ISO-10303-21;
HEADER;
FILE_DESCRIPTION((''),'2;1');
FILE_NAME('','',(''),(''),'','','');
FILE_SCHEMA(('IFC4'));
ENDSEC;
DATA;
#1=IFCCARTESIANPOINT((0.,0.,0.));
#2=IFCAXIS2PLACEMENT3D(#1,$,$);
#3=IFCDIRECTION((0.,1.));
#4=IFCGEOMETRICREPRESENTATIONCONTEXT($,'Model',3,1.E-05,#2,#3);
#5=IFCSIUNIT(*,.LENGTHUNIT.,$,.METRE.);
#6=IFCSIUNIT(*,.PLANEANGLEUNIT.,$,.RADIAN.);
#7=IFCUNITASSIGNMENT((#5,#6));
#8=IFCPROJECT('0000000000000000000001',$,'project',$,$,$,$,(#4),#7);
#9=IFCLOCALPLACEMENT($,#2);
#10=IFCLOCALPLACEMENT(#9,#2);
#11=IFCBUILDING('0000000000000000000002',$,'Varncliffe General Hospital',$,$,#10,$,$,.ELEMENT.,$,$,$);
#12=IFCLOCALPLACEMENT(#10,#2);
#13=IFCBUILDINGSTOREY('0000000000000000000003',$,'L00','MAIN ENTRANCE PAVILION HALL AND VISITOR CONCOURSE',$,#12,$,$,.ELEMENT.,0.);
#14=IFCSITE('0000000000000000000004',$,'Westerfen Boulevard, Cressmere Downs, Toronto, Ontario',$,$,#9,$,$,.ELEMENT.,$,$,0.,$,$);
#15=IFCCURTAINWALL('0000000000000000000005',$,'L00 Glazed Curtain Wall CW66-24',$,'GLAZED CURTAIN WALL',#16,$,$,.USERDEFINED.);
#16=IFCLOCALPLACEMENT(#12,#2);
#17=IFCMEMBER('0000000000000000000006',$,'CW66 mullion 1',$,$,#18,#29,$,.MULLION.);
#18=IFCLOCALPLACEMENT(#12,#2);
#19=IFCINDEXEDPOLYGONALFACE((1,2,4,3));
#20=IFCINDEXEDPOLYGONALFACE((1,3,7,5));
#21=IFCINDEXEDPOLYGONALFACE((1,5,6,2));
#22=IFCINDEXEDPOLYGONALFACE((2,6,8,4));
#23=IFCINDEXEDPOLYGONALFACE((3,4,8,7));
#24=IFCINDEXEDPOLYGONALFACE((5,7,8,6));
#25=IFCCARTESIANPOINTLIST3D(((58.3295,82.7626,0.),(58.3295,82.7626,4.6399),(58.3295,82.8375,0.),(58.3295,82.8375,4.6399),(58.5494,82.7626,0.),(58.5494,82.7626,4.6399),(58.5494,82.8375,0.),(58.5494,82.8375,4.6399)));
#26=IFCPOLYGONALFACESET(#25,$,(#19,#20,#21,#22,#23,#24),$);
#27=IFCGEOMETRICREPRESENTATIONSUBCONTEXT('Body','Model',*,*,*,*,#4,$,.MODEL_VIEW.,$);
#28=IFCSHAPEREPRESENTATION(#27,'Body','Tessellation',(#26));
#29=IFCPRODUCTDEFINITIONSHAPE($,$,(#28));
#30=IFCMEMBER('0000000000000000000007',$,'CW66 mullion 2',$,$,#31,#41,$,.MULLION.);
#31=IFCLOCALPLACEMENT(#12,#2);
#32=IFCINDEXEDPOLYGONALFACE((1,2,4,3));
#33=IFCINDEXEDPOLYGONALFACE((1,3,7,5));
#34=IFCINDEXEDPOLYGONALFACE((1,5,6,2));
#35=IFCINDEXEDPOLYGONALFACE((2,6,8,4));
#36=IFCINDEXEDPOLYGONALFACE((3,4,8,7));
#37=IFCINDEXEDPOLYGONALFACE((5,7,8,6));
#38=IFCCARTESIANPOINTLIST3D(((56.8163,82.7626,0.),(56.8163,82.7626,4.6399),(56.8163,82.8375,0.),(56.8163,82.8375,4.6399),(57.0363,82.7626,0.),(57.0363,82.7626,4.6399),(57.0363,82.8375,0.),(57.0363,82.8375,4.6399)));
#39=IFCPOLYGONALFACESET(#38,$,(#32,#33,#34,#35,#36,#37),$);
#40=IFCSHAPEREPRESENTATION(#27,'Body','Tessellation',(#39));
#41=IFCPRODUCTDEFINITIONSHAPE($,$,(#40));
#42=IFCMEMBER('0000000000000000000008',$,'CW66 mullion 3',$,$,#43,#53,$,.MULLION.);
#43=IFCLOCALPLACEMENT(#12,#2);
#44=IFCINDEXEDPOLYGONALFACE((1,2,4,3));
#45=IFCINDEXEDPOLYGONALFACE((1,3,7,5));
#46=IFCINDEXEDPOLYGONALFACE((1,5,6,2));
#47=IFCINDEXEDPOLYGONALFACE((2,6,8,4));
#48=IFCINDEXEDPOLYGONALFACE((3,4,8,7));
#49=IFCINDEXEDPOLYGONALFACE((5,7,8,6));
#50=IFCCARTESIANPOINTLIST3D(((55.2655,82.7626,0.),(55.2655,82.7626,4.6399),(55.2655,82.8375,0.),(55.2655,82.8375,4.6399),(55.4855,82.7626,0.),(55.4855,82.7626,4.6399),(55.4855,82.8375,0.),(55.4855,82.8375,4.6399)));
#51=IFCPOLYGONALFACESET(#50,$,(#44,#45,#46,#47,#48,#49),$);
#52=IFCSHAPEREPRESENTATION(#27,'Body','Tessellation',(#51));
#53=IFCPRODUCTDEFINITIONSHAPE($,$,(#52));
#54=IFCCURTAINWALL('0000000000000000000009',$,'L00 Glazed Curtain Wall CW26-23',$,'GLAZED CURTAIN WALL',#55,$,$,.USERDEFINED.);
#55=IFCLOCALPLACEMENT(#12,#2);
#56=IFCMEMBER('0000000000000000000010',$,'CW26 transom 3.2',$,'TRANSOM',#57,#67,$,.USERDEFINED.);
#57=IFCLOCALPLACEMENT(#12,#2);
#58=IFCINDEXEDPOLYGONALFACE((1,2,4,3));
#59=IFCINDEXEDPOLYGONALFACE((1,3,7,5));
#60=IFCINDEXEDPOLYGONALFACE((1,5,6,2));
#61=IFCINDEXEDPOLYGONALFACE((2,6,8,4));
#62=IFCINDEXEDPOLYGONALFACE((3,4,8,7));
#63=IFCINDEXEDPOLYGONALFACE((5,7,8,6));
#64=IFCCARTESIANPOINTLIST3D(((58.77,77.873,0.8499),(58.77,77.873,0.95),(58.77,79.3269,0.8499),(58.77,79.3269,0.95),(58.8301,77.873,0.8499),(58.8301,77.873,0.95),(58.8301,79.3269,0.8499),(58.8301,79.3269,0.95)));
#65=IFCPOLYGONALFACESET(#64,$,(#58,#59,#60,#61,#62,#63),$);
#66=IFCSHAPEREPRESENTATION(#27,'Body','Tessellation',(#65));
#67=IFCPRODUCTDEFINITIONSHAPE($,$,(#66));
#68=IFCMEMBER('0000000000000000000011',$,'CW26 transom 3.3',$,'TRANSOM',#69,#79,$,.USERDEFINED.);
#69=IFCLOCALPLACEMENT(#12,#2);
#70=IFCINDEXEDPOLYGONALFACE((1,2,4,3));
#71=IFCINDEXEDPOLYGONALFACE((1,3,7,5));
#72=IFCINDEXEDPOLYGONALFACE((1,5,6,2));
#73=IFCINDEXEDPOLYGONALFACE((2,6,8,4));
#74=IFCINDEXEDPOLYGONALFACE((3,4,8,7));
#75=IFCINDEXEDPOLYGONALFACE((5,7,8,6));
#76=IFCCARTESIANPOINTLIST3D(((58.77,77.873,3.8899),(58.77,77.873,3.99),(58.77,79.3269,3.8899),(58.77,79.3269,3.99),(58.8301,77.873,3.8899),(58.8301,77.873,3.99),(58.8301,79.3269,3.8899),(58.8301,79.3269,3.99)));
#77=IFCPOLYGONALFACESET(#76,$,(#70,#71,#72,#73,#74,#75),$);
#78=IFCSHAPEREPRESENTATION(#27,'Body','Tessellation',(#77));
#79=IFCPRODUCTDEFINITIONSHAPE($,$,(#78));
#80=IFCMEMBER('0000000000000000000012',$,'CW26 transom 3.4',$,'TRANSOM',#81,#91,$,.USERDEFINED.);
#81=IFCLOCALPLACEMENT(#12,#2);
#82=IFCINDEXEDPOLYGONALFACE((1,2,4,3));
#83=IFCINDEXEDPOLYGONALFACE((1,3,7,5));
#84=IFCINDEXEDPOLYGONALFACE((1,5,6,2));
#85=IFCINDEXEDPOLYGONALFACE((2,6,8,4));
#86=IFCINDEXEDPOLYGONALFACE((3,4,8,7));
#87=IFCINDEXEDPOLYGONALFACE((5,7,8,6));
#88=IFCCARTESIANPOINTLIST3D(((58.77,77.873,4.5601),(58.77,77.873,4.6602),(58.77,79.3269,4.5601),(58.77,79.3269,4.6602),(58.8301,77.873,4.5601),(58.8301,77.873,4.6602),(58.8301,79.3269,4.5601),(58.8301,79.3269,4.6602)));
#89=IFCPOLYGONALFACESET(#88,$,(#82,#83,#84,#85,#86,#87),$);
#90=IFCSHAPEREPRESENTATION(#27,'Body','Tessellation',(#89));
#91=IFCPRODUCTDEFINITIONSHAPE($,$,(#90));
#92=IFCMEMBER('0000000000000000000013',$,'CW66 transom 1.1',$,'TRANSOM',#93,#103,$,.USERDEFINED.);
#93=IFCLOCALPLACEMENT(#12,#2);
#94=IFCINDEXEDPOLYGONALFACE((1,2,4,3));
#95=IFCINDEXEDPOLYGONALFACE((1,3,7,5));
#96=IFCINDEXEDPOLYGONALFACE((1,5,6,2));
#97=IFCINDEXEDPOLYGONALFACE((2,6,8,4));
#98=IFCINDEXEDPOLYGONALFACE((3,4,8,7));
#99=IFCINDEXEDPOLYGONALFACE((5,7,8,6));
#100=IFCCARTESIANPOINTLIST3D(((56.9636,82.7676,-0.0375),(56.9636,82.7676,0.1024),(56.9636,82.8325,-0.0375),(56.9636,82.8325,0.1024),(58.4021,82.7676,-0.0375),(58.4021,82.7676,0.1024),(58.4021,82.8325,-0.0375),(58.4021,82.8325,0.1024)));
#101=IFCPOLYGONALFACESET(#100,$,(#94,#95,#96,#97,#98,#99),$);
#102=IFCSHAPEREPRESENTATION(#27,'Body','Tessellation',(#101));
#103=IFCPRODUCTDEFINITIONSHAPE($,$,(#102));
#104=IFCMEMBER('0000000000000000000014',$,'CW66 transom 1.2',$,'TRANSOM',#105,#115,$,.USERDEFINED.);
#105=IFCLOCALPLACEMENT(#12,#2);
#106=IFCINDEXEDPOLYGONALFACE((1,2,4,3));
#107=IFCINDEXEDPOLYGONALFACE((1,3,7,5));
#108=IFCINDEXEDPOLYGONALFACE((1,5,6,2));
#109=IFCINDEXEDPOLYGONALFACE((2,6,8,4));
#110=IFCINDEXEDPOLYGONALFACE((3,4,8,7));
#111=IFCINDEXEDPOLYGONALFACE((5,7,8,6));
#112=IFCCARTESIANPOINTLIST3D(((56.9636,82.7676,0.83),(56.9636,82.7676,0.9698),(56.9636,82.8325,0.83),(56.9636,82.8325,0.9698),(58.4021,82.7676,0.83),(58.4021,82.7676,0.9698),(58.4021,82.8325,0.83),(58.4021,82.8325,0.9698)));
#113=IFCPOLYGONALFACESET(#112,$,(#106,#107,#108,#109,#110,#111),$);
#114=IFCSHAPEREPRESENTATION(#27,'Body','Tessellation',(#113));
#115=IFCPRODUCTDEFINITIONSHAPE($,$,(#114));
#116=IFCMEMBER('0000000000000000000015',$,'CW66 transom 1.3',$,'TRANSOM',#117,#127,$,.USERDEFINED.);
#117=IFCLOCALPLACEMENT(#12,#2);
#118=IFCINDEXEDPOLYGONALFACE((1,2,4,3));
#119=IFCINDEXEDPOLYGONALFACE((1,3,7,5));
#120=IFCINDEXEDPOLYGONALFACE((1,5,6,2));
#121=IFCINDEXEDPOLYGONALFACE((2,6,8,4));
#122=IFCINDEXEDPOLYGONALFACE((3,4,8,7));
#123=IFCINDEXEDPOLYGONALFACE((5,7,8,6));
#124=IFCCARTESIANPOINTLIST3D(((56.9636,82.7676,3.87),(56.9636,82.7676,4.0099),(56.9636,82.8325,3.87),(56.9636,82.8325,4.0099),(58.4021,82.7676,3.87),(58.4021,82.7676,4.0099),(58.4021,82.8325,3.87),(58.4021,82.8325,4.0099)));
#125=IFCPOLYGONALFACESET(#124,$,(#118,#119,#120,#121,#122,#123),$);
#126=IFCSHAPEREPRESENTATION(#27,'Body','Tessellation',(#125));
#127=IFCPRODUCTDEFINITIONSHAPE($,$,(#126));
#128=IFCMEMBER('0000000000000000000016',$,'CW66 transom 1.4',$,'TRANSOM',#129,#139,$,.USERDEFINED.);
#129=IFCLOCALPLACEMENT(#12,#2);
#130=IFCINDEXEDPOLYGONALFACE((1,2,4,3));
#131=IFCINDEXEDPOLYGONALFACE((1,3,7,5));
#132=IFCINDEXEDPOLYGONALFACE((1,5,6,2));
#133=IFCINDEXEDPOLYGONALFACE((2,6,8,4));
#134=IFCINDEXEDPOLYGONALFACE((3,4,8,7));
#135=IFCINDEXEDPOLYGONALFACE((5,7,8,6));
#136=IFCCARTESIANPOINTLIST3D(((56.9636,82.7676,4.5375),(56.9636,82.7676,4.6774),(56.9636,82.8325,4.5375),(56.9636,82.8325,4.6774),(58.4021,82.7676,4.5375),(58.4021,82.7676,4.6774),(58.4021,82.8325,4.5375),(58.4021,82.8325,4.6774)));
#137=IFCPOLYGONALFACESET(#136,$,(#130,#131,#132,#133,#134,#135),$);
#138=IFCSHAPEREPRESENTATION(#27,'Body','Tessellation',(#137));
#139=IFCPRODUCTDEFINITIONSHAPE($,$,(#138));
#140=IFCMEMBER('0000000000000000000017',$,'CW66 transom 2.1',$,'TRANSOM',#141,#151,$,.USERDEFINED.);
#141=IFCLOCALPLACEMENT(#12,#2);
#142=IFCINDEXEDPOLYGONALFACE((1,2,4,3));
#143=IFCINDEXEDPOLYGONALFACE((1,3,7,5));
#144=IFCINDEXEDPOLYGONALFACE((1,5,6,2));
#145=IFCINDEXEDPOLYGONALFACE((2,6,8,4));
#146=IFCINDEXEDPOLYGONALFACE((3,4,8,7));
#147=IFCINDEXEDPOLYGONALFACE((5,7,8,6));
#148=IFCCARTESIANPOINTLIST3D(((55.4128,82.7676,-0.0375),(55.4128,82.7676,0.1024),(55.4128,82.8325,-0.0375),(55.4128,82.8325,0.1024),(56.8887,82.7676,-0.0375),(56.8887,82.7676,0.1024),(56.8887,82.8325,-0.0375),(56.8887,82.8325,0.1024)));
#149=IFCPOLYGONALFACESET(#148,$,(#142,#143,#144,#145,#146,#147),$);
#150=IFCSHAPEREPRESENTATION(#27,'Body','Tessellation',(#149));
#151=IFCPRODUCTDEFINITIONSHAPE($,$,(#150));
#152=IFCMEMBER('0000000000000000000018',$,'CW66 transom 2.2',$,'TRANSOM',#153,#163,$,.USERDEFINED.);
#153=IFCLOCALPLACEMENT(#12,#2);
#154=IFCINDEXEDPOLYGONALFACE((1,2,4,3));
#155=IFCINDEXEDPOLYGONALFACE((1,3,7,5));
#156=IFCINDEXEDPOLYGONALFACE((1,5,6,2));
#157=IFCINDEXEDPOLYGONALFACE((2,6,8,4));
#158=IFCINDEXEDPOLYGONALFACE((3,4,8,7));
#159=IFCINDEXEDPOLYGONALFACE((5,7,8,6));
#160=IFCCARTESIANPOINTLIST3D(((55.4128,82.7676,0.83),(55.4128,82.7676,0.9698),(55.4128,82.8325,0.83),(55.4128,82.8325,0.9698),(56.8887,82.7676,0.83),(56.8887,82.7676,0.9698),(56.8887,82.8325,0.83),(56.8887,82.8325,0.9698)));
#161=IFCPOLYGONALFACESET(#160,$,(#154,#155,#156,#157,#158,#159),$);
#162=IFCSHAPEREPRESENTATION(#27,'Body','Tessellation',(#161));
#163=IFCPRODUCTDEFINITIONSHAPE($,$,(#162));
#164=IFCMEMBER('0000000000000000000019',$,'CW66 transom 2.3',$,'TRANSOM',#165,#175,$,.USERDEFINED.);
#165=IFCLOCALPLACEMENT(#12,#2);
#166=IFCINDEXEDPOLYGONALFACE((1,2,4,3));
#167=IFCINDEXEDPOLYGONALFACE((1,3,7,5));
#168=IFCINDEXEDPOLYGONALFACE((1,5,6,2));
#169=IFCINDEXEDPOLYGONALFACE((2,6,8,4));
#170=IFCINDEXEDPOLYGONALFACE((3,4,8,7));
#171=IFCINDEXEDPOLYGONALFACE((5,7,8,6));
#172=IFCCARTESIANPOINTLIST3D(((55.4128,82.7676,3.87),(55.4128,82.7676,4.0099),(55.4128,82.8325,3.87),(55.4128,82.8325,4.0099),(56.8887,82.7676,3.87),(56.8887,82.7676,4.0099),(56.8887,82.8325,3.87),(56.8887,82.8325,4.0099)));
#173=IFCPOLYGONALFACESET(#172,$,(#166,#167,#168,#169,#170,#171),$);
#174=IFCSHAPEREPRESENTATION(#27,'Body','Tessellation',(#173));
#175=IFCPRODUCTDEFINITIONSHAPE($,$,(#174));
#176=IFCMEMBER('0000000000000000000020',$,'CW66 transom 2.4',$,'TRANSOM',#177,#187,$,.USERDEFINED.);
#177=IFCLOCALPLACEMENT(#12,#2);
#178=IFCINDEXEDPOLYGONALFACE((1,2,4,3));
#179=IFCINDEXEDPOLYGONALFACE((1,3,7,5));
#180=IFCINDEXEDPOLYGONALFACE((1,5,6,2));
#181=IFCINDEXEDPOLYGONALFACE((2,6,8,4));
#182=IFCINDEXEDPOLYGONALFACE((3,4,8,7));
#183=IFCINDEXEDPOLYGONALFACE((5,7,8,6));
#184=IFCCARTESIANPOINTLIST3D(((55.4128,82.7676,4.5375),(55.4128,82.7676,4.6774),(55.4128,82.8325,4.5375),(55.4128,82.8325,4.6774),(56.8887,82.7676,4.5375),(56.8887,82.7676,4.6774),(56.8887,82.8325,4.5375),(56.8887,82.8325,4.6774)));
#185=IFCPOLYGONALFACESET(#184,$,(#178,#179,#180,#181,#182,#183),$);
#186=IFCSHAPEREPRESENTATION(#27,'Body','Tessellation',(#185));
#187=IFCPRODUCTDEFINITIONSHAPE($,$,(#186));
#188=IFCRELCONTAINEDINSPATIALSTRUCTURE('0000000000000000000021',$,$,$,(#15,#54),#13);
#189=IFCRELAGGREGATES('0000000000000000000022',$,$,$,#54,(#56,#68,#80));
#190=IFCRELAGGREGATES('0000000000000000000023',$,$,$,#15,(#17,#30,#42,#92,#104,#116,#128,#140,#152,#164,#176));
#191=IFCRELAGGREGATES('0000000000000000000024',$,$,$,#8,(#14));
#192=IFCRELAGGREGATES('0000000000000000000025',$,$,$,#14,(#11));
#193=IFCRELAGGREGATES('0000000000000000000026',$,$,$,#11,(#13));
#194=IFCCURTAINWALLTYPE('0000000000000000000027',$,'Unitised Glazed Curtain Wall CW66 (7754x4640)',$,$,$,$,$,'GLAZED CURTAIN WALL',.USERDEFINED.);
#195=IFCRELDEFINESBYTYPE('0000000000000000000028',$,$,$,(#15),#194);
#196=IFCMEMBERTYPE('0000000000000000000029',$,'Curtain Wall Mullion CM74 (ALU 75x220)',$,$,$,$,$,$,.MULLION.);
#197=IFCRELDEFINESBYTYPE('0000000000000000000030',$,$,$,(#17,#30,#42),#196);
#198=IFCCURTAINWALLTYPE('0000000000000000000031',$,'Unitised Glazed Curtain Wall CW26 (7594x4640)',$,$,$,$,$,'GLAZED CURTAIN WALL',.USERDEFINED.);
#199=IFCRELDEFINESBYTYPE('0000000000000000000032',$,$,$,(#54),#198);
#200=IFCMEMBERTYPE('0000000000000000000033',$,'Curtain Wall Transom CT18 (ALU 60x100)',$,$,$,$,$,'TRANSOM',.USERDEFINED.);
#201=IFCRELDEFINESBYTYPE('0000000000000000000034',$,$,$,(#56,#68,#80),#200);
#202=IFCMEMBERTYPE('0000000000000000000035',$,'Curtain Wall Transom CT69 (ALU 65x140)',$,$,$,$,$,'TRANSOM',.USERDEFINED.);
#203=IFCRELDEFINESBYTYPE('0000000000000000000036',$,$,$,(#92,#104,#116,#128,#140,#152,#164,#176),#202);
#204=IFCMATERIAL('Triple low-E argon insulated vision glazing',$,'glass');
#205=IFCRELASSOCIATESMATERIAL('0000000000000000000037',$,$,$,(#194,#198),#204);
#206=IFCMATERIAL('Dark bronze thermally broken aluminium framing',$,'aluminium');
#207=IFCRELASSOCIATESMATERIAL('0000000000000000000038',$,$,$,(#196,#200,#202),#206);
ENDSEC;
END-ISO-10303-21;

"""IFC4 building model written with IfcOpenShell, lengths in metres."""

from ifc_helpers import new_model, si_unit, direction, frame, origin, origin_2d, place, context, subcontext, project, spatial, rectangle, extrude, material, material_profile, profile_set, type_object, element, aggregate, save


model = new_model("IFC4")

# Units and contexts
model_context = context("Model", 3, precision=1e-05, world=origin(), true_north=direction((0.0, 1.0)))
body_context = subcontext(model_context, "Body", "Model", "MODEL_VIEW")
ifc_project = project(units=[si_unit("LENGTHUNIT", "METRE"), si_unit("PLANEANGLEUNIT", "RADIAN")], contexts=[model_context])

# Site, building, storey
site_placement = place(None, origin())
site = spatial("IfcSite", under=ifc_project, at=site_placement, Name="Westerfen Boulevard, Cressmere Downs, Toronto, Ontario", CompositionType="ELEMENT", RefElevation=0.0)
building_placement = place(site_placement, origin())
building = spatial("IfcBuilding", under=site, at=building_placement, Name="Varncliffe General Hospital", CompositionType="ELEMENT")
storey_placement = place(building_placement, origin())
storey = spatial("IfcBuildingStorey", under=building, at=storey_placement, Name="L00", Description="MAIN ENTRANCE PAVILION HALL AND VISITOR CONCOURSE", CompositionType="ELEMENT", Elevation=0.0)

# Curtain walls, members
ifc_material_1 = material(Name="Triple low-E argon insulated vision glazing", Category="glass")
curtain_wall_type_1 = type_object("IfcCurtainWallType", Name="Unitised Glazed Curtain Wall CW66 (7754x4640)", ElementType="GLAZED CURTAIN WALL", PredefinedType="USERDEFINED", material=ifc_material_1)
curtain_wall_1_placement = place(storey_placement, origin())
curtain_wall_1 = element("IfcCurtainWall", 1, at=curtain_wall_1_placement, inside=storey, type_object=curtain_wall_type_1, Name="L00 Glazed Curtain Wall CW66-24", ObjectType="GLAZED CURTAIN WALL", PredefinedType="USERDEFINED")
ifc_material_2 = material(Name="Dark bronze thermally broken aluminium framing", Category="aluminium")
ifc_material_profile_1 = material_profile(ifc_material_2, rectangle(XDim=0.075, YDim=0.22, at=origin_2d()), Name="ALU 75x220")
ifc_profile_set_1 = profile_set([ifc_material_profile_1], Name="Dark bronze thermally broken aluminium framing")
member_type_1 = type_object("IfcMemberType", Name="Curtain Wall Mullion CM74 (ALU 75x220)", PredefinedType="MULLION", material=ifc_profile_set_1)
member_1_placement = place(storey_placement, frame((58.4395, 82.8, 0.0), z_axis=(0.0, 0.0, 1.0), x_axis=(0.0, -1.0, 0.0)))
member_1 = element("IfcMember", 2, at=member_1_placement, type_object=member_type_1, Name="CW66 mullion 1", PredefinedType="MULLION", context=body_context, shape_type="SweptSolid", body=[
    extrude(rectangle(XDim=0.075, YDim=0.22, at=origin_2d()), origin(), (0.0, 0.0, 1.0), 4.6399),
])
member_2_placement = place(storey_placement, frame((56.9263, 82.8, 0.0), z_axis=(0.0, 0.0, 1.0), x_axis=(0.0, -1.0, 0.0)))
member_2 = element("IfcMember", 3, at=member_2_placement, type_object=member_type_1, Name="CW66 mullion 2", PredefinedType="MULLION", context=body_context, shape_type="SweptSolid", body=[
    extrude(rectangle(XDim=0.075, YDim=0.22, at=origin_2d()), origin(), (0.0, 0.0, 1.0), 4.6399),
])
member_3_placement = place(storey_placement, frame((55.3755, 82.8, 0.0), z_axis=(0.0, 0.0, 1.0), x_axis=(0.0, -1.0, 0.0)))
member_3 = element("IfcMember", 4, at=member_3_placement, type_object=member_type_1, Name="CW66 mullion 3", PredefinedType="MULLION", context=body_context, shape_type="SweptSolid", body=[
    extrude(rectangle(XDim=0.075, YDim=0.22, at=origin_2d()), origin(), (0.0, 0.0, 1.0), 4.6399),
])
curtain_wall_type_2 = type_object("IfcCurtainWallType", Name="Unitised Glazed Curtain Wall CW26 (7594x4640)", ElementType="GLAZED CURTAIN WALL", PredefinedType="USERDEFINED", material=ifc_material_1)
curtain_wall_2_placement = place(storey_placement, origin())
curtain_wall_2 = element("IfcCurtainWall", 5, at=curtain_wall_2_placement, inside=storey, type_object=curtain_wall_type_2, Name="L00 Glazed Curtain Wall CW26-23", ObjectType="GLAZED CURTAIN WALL", PredefinedType="USERDEFINED")
ifc_material_profile_2 = material_profile(ifc_material_2, rectangle(XDim=0.0601, YDim=0.1001, at=origin_2d()), Name="ALU 60x100")
ifc_profile_set_2 = profile_set([ifc_material_profile_2], Name="Dark bronze thermally broken aluminium framing")
member_type_2 = type_object("IfcMemberType", Name="Curtain Wall Transom CT18 (ALU 60x100)", ElementType="TRANSOM", PredefinedType="USERDEFINED", material=ifc_profile_set_2)
member_4_placement = place(storey_placement, frame((58.8, 77.873, 0.8999), z_axis=(0.0, 1.0, 0.0), x_axis=(-1.0, 0.0, 0.0)))
member_4 = element("IfcMember", 6, at=member_4_placement, type_object=member_type_2, Name="CW26 transom 3.2", ObjectType="TRANSOM", PredefinedType="USERDEFINED", context=body_context, shape_type="SweptSolid", body=[
    extrude(rectangle(XDim=0.0601, YDim=0.1001, at=origin_2d()), origin(), (0.0, 0.0, 1.0), 1.4539),
])
member_5_placement = place(storey_placement, frame((58.8, 77.873, 3.9399), z_axis=(0.0, 1.0, 0.0), x_axis=(-1.0, 0.0, 0.0)))
member_5 = element("IfcMember", 7, at=member_5_placement, type_object=member_type_2, Name="CW26 transom 3.3", ObjectType="TRANSOM", PredefinedType="USERDEFINED", context=body_context, shape_type="SweptSolid", body=[
    extrude(rectangle(XDim=0.0601, YDim=0.1001, at=origin_2d()), origin(), (0.0, 0.0, 1.0), 1.4539),
])
member_6_placement = place(storey_placement, frame((58.8, 77.873, 4.6101), z_axis=(0.0, 1.0, 0.0), x_axis=(-1.0, 0.0, 0.0)))
member_6 = element("IfcMember", 8, at=member_6_placement, type_object=member_type_2, Name="CW26 transom 3.4", ObjectType="TRANSOM", PredefinedType="USERDEFINED", context=body_context, shape_type="SweptSolid", body=[
    extrude(rectangle(XDim=0.0601, YDim=0.1001, at=origin_2d()), origin(), (0.0, 0.0, 1.0), 1.4539),
])

# Members
ifc_material_profile_3 = material_profile(ifc_material_2, rectangle(XDim=0.0649, YDim=0.1399, at=origin_2d()), Name="ALU 65x140")
ifc_profile_set_3 = profile_set([ifc_material_profile_3], Name="Dark bronze thermally broken aluminium framing")
member_type_3 = type_object("IfcMemberType", Name="Curtain Wall Transom CT69 (ALU 65x140)", ElementType="TRANSOM", PredefinedType="USERDEFINED", material=ifc_profile_set_3)
member_7_placement = place(storey_placement, frame((58.4021, 82.8, 0.0325), z_axis=(-1.0, 0.0, 0.0), x_axis=(0.0, -1.0, 0.0)))
member_7 = element("IfcMember", 9, at=member_7_placement, type_object=member_type_3, Name="CW66 transom 1.1", ObjectType="TRANSOM", PredefinedType="USERDEFINED", context=body_context, shape_type="SweptSolid", body=[
    extrude(rectangle(XDim=0.0649, YDim=0.1399, at=origin_2d()), origin(), (0.0, 0.0, 1.0), 1.4385),
])
member_8_placement = place(storey_placement, frame((58.4021, 82.8, 0.8999), z_axis=(-1.0, 0.0, 0.0), x_axis=(0.0, -1.0, 0.0)))
member_8 = element("IfcMember", 10, at=member_8_placement, type_object=member_type_3, Name="CW66 transom 1.2", ObjectType="TRANSOM", PredefinedType="USERDEFINED", context=body_context, shape_type="SweptSolid", body=[
    extrude(rectangle(XDim=0.0649, YDim=0.1399, at=origin_2d()), origin(), (0.0, 0.0, 1.0), 1.4385),
])
member_9_placement = place(storey_placement, frame((58.4021, 82.8, 3.9399), z_axis=(-1.0, 0.0, 0.0), x_axis=(0.0, -1.0, 0.0)))
member_9 = element("IfcMember", 11, at=member_9_placement, type_object=member_type_3, Name="CW66 transom 1.3", ObjectType="TRANSOM", PredefinedType="USERDEFINED", context=body_context, shape_type="SweptSolid", body=[
    extrude(rectangle(XDim=0.0649, YDim=0.1399, at=origin_2d()), origin(), (0.0, 0.0, 1.0), 1.4385),
])
member_10_placement = place(storey_placement, frame((58.4021, 82.8, 4.6074), z_axis=(-1.0, 0.0, 0.0), x_axis=(0.0, -1.0, 0.0)))
member_10 = element("IfcMember", 12, at=member_10_placement, type_object=member_type_3, Name="CW66 transom 1.4", ObjectType="TRANSOM", PredefinedType="USERDEFINED", context=body_context, shape_type="SweptSolid", body=[
    extrude(rectangle(XDim=0.0649, YDim=0.1399, at=origin_2d()), origin(), (0.0, 0.0, 1.0), 1.4385),
])
member_11_placement = place(storey_placement, frame((56.8887, 82.8, 0.0325), z_axis=(-1.0, 0.0, 0.0), x_axis=(0.0, -1.0, 0.0)))
member_11 = element("IfcMember", 13, at=member_11_placement, type_object=member_type_3, Name="CW66 transom 2.1", ObjectType="TRANSOM", PredefinedType="USERDEFINED", context=body_context, shape_type="SweptSolid", body=[
    extrude(rectangle(XDim=0.0649, YDim=0.1399, at=origin_2d()), origin(), (0.0, 0.0, 1.0), 1.4758),
])
member_12_placement = place(storey_placement, frame((56.8887, 82.8, 0.8999), z_axis=(-1.0, 0.0, 0.0), x_axis=(0.0, -1.0, 0.0)))
member_12 = element("IfcMember", 14, at=member_12_placement, type_object=member_type_3, Name="CW66 transom 2.2", ObjectType="TRANSOM", PredefinedType="USERDEFINED", context=body_context, shape_type="SweptSolid", body=[
    extrude(rectangle(XDim=0.0649, YDim=0.1399, at=origin_2d()), origin(), (0.0, 0.0, 1.0), 1.4758),
])
member_13_placement = place(storey_placement, frame((56.8887, 82.8, 3.9399), z_axis=(-1.0, 0.0, 0.0), x_axis=(0.0, -1.0, 0.0)))
member_13 = element("IfcMember", 15, at=member_13_placement, type_object=member_type_3, Name="CW66 transom 2.3", ObjectType="TRANSOM", PredefinedType="USERDEFINED", context=body_context, shape_type="SweptSolid", body=[
    extrude(rectangle(XDim=0.0649, YDim=0.1399, at=origin_2d()), origin(), (0.0, 0.0, 1.0), 1.4758),
])
member_14_placement = place(storey_placement, frame((56.8887, 82.8, 4.6074), z_axis=(-1.0, 0.0, 0.0), x_axis=(0.0, -1.0, 0.0)))
member_14 = element("IfcMember", 16, at=member_14_placement, type_object=member_type_3, Name="CW66 transom 2.4", ObjectType="TRANSOM", PredefinedType="USERDEFINED", context=body_context, shape_type="SweptSolid", body=[
    extrude(rectangle(XDim=0.0649, YDim=0.1399, at=origin_2d()), origin(), (0.0, 0.0, 1.0), 1.4758),
])

aggregate(curtain_wall_2, [member_4, member_5, member_6])
aggregate(curtain_wall_1, [member_1, member_2, member_3, member_7, member_8, member_9, member_10, member_11, member_12, member_13, member_14])

save(model, "model.ifc")
